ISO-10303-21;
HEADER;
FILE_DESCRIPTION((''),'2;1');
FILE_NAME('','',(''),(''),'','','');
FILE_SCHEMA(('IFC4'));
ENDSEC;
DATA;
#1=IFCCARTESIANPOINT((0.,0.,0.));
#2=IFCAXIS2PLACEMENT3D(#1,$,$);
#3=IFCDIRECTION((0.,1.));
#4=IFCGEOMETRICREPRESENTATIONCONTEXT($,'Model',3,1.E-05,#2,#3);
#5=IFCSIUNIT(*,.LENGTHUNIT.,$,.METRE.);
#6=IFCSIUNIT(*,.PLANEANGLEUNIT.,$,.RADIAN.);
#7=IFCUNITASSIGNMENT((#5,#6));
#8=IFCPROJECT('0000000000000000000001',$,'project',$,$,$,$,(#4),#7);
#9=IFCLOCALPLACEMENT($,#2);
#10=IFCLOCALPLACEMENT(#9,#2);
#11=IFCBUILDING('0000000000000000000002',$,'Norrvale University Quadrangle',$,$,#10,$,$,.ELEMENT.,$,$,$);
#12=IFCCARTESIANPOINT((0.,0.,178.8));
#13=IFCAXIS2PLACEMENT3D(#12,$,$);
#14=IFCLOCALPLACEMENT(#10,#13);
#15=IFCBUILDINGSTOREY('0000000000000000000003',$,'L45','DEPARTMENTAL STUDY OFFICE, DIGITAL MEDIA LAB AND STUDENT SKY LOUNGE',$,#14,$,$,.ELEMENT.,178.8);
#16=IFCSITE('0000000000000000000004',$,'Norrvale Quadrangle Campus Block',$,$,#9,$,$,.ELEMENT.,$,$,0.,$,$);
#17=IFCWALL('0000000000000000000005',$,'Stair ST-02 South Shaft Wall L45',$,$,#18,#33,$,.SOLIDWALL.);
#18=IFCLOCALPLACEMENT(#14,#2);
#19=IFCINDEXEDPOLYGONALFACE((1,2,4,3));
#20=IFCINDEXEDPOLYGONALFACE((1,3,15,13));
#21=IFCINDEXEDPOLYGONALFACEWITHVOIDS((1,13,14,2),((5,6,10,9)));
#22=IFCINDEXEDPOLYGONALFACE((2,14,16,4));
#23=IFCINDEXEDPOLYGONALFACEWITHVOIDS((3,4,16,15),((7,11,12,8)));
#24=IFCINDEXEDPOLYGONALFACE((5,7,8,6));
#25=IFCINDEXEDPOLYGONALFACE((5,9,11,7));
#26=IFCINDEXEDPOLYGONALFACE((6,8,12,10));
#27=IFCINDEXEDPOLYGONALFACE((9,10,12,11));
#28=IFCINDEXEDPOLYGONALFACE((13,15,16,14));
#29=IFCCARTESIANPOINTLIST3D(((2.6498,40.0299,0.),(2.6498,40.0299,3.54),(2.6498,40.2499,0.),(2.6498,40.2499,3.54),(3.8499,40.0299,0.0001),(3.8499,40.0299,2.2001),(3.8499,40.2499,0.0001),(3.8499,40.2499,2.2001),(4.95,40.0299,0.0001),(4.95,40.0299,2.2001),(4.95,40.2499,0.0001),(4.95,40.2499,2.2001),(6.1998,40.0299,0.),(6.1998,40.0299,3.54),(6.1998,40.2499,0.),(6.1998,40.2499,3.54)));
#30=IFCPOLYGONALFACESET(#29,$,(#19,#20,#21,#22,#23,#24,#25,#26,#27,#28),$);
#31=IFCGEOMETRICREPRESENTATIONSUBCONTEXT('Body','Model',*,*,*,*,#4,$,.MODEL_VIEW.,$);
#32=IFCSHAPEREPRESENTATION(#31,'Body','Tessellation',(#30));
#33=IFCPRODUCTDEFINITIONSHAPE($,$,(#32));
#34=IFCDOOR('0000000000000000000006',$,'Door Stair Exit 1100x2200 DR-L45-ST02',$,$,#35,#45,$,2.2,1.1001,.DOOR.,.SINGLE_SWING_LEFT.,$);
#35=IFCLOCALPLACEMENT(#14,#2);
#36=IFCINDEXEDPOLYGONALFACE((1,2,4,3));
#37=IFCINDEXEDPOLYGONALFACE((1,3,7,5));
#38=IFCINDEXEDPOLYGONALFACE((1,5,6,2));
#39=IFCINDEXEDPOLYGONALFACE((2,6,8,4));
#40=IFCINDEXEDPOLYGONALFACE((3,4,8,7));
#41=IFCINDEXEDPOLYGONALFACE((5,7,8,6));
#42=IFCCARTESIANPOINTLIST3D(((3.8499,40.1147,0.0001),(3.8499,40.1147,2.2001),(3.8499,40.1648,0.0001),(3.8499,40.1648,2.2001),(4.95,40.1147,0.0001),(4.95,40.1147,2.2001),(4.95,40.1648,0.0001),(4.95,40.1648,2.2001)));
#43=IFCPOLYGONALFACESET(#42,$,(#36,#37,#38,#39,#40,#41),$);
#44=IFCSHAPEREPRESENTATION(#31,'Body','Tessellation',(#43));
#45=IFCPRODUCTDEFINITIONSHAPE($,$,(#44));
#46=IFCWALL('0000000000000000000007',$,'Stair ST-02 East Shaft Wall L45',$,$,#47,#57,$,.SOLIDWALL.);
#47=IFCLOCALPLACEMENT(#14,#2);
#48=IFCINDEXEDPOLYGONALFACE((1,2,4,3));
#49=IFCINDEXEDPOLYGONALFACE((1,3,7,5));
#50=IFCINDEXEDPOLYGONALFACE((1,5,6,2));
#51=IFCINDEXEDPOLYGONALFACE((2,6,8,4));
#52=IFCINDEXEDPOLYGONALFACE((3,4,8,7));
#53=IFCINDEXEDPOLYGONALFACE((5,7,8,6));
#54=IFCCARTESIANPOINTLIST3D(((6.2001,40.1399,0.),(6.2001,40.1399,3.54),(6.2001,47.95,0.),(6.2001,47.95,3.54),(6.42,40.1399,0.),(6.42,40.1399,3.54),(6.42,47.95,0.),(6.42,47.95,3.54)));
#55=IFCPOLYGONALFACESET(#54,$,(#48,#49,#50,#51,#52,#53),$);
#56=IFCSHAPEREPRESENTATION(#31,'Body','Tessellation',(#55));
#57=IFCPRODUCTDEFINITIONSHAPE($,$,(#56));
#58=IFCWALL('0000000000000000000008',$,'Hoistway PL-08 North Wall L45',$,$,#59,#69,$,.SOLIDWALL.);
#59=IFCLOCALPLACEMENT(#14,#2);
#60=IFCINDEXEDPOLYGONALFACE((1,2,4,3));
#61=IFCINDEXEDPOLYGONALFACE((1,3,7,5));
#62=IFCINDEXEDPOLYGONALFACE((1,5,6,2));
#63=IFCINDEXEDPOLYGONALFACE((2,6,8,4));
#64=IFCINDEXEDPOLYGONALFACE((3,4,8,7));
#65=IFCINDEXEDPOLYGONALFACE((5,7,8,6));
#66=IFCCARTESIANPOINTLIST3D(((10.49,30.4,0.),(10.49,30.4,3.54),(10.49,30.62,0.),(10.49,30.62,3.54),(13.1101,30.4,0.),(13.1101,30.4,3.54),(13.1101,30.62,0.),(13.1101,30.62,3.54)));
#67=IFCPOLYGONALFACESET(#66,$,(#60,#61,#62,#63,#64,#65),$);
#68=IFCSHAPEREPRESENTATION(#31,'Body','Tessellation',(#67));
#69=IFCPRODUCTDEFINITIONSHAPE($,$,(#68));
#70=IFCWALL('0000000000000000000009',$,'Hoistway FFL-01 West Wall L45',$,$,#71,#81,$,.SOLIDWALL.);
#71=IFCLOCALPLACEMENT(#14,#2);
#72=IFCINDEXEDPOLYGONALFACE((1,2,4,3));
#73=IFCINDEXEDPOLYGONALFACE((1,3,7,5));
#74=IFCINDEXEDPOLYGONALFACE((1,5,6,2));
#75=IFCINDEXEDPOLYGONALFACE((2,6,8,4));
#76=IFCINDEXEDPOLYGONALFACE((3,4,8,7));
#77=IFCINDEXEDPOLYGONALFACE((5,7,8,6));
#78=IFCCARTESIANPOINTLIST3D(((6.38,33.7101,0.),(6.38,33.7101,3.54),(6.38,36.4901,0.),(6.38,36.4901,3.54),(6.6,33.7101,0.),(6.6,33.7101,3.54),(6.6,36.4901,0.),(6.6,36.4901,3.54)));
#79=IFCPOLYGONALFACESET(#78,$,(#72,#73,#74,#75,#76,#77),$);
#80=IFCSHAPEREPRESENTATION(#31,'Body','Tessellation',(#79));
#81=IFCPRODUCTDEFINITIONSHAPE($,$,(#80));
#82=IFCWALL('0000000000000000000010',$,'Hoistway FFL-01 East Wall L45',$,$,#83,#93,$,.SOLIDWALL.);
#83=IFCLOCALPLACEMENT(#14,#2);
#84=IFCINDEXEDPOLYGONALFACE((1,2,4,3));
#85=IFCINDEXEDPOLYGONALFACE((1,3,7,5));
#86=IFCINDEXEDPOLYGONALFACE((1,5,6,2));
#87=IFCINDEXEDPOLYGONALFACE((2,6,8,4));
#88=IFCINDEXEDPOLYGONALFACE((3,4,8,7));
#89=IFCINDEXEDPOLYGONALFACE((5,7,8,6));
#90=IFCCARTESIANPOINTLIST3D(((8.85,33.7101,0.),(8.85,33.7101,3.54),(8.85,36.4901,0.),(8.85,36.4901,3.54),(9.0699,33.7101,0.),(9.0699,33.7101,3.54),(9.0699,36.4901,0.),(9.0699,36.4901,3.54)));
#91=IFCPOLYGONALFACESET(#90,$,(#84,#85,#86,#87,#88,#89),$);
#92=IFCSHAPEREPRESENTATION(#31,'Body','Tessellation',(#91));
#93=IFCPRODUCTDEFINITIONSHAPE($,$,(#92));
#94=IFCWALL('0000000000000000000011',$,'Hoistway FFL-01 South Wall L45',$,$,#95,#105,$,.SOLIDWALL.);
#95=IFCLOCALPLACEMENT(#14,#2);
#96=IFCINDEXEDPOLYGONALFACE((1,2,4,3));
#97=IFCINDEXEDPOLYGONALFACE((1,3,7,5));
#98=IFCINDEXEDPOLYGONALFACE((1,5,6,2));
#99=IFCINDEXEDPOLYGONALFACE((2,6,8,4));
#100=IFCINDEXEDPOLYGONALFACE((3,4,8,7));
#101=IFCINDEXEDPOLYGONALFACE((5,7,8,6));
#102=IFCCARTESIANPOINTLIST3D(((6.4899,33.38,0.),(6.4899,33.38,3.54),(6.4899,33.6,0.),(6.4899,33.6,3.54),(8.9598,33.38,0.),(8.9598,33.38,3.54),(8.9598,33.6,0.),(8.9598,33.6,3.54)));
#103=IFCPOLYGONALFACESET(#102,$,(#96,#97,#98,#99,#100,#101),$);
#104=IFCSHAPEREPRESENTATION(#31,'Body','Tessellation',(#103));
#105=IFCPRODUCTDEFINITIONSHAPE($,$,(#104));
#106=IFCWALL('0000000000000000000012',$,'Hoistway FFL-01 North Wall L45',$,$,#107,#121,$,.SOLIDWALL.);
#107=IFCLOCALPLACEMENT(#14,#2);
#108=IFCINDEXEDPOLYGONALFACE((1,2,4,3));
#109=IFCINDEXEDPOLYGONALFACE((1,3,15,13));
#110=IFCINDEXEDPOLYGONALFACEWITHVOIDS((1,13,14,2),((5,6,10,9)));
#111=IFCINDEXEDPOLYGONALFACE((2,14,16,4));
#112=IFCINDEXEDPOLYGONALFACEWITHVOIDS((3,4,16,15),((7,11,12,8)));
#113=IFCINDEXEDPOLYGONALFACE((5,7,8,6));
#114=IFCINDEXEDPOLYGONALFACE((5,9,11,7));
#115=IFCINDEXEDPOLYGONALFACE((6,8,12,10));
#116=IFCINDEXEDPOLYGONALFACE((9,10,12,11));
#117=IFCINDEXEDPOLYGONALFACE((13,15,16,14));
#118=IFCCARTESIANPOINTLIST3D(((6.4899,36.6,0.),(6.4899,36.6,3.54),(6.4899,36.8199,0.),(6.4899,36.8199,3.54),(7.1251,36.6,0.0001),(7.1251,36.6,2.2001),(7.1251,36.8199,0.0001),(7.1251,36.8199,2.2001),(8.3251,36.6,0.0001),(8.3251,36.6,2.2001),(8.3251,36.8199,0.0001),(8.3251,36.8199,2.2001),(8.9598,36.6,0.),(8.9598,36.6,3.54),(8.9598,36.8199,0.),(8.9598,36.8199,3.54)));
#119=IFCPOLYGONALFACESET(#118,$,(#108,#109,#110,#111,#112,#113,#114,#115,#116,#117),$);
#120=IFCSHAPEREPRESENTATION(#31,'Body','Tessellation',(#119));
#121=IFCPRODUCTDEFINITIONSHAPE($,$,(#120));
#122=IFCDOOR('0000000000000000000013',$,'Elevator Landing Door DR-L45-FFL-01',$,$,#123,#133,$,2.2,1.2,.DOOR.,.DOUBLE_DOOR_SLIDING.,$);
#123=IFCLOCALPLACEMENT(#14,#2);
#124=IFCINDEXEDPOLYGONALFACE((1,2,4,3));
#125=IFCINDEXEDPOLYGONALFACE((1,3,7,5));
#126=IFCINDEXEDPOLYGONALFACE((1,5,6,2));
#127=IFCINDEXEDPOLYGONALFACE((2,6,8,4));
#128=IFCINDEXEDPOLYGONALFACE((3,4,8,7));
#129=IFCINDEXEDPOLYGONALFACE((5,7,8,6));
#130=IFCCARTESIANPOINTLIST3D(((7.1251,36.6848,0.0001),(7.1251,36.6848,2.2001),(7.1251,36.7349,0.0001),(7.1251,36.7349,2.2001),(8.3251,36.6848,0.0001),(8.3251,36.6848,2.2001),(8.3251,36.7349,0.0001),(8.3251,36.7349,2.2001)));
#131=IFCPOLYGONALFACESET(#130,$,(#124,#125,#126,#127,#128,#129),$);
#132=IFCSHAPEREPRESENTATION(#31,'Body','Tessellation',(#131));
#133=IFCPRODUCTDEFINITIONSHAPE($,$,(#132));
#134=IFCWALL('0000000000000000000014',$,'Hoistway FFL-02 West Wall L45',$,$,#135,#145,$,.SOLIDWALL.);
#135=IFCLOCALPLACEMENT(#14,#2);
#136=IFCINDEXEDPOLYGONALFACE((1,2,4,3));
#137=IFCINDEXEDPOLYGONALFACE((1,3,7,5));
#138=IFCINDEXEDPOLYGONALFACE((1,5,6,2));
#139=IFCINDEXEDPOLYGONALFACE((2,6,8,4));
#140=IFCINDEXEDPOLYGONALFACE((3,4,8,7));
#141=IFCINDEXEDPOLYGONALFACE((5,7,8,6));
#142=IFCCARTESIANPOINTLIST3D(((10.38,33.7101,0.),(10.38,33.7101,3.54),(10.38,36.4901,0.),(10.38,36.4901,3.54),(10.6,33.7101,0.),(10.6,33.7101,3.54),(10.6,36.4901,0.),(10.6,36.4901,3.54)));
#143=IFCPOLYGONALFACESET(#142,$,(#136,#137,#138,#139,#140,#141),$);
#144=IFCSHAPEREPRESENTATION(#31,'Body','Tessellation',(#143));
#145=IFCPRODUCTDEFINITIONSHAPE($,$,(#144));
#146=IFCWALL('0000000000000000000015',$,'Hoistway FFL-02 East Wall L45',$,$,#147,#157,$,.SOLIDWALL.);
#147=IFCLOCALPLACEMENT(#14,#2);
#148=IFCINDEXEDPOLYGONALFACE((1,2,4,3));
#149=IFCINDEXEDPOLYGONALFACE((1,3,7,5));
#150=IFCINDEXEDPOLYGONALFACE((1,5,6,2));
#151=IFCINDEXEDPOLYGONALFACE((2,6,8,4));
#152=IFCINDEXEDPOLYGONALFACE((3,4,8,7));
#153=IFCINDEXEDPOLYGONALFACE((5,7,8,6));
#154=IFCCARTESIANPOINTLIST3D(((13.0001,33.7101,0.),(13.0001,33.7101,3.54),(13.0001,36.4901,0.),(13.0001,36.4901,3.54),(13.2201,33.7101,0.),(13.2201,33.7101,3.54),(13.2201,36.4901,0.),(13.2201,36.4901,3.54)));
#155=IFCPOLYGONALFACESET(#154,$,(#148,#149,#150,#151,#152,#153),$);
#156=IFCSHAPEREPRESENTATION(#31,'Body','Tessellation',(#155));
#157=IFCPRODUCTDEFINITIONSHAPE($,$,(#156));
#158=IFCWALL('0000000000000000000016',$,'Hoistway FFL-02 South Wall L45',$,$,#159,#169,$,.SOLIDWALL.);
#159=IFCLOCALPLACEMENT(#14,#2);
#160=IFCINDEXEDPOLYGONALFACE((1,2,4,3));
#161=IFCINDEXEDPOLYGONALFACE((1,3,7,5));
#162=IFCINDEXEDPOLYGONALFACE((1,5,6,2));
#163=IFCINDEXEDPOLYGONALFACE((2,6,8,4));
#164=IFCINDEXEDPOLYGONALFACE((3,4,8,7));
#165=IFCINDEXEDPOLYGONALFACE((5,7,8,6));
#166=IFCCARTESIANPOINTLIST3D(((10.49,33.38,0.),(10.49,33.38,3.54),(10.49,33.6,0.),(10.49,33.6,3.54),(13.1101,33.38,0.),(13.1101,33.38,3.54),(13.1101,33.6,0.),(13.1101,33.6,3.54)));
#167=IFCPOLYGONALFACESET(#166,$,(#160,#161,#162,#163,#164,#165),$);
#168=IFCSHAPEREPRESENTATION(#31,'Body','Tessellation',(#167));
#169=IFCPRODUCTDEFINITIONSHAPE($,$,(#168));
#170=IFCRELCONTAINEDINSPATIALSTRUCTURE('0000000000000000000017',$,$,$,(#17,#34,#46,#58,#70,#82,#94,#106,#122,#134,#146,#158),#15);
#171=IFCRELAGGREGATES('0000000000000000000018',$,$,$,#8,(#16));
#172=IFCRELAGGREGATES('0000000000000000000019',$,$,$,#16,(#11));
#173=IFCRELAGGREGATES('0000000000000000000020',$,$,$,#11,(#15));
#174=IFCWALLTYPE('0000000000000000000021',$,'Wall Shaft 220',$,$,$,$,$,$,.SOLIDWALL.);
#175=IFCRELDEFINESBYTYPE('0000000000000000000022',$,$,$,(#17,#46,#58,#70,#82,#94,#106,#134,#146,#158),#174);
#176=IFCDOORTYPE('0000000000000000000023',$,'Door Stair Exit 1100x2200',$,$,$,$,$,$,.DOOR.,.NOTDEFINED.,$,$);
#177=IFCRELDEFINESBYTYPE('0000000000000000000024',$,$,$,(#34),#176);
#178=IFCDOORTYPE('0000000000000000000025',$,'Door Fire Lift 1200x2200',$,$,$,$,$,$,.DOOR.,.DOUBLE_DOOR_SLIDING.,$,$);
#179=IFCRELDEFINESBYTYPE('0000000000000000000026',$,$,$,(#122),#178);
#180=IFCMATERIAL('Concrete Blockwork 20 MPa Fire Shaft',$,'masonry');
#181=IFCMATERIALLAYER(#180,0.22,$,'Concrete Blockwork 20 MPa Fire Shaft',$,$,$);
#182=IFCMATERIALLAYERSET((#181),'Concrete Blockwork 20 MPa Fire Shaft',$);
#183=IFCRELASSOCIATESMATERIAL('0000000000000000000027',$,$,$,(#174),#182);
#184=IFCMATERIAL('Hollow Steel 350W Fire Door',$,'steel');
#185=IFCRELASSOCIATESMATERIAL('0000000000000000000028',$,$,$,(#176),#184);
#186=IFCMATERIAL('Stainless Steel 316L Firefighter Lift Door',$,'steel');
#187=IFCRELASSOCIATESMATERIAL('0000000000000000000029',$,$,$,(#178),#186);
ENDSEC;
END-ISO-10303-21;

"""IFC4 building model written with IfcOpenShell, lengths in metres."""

from ifc_helpers import new_model, si_unit, direction, frame, frame_2d, origin, place, context, subcontext, project, spatial, rectangle, extrude, material, layer, layer_set, type_object, element, fill, save


model = new_model("IFC4")

# Units and contexts
model_context = context("Model", 3, precision=1e-05, world=origin(), true_north=direction((0.0, 1.0)))
body_context = subcontext(model_context, "Body", "Model", "MODEL_VIEW")
ifc_project = project(units=[si_unit("LENGTHUNIT", "METRE"), si_unit("PLANEANGLEUNIT", "RADIAN")], contexts=[model_context])

# Site, building, storey
site_placement = place(None, origin())
site = spatial("IfcSite", under=ifc_project, at=site_placement, Name="Norrvale Quadrangle Campus Block", CompositionType="ELEMENT", RefElevation=0.0)
building_placement = place(site_placement, origin())
building = spatial("IfcBuilding", under=site, at=building_placement, Name="Norrvale University Quadrangle", CompositionType="ELEMENT")
storey_placement = place(building_placement, frame((0.0, 0.0, 178.8)))
storey = spatial("IfcBuildingStorey", under=building, at=storey_placement, Name="L45", Description="DEPARTMENTAL STUDY OFFICE, DIGITAL MEDIA LAB AND STUDENT SKY LOUNGE", CompositionType="ELEMENT", Elevation=178.8)

# Wall, opening, door
ifc_material_1 = material(Name="Concrete Blockwork 20 MPa Fire Shaft", Category="masonry")
ifc_layer_1 = layer(ifc_material_1, 0.22, Name="Concrete Blockwork 20 MPa Fire Shaft")
ifc_layer_set_1 = layer_set([ifc_layer_1], Name="Concrete Blockwork 20 MPa Fire Shaft")
wall_type_1 = type_object("IfcWallType", Name="Wall Shaft 220", PredefinedType="SOLIDWALL", material=ifc_layer_set_1)
wall_1_placement = place(storey_placement, frame((2.6499, 40.1399, 0.0), z_axis=(0.0, 0.0, 1.0), x_axis=(1.0, 0.0, 0.0)))
wall_1 = element("IfcWall", 1, at=wall_1_placement, inside=storey, type_object=wall_type_1, Name="Stair ST-02 South Shaft Wall L45", PredefinedType="SOLIDWALL", context=body_context, shape_type="SweptSolid", body=[
    extrude(rectangle(XDim=3.55, YDim=0.22, at=frame_2d((1.7749, 0.0))), origin(), (0.0, 0.0, 1.0), 3.54),
])
opening_1_placement = place(wall_1_placement, frame((1.2, 0.0, 0.0)))
opening_1 = element("IfcOpeningElement", 2, at=opening_1_placement, cuts=wall_1, PredefinedType="OPENING", context=body_context, shape_type="SweptSolid", body=[
    extrude(rectangle(XDim=1.1001, YDim=2.2, at=frame_2d((0.55, 1.1001))), frame((0.0, 0.1221, 0.0), z_axis=(0.0, -1.0, 0.0), x_axis=(1.0, 0.0, 0.0)), (0.0, 0.0, 1.0), 0.2439),
])
ifc_material_2 = material(Name="Hollow Steel 350W Fire Door", Category="steel")
door_type_1 = type_object("IfcDoorType", Name="Door Stair Exit 1100x2200", OperationType="NOTDEFINED", PredefinedType="DOOR", material=ifc_material_2)
door_1_placement = place(opening_1_placement, origin())
door_1 = element("IfcDoor", 3, at=door_1_placement, inside=storey, type_object=door_type_1, Name="Door Stair Exit 1100x2200 DR-L45-ST02", OperationType="SINGLE_SWING_LEFT", OverallHeight=2.2, OverallWidth=1.1001, PredefinedType="DOOR", context=body_context, shape_type="SweptSolid", body=[
    extrude(rectangle(XDim=1.1001, YDim=2.2, at=frame_2d((0.55, 1.1001))), frame((0.0, 0.0249, 0.0), z_axis=(0.0, -1.0, 0.0), x_axis=(1.0, 0.0, 0.0)), (0.0, 0.0, 1.0), 0.05),
])
fill(opening_1, door_1)

# Walls
wall_2_placement = place(storey_placement, frame((6.3101, 40.1399, 0.0), z_axis=(0.0, 0.0, 1.0), x_axis=(0.0, 1.0, 0.0)))
element("IfcWall", 4, at=wall_2_placement, inside=storey, type_object=wall_type_1, Name="Stair ST-02 East Shaft Wall L45", PredefinedType="SOLIDWALL", context=body_context, shape_type="SweptSolid", body=[
    extrude(rectangle(XDim=7.8101, YDim=0.22, at=frame_2d((3.905, 0.0))), origin(), (0.0, 0.0, 1.0), 3.54),
])
wall_3_placement = place(storey_placement, frame((10.49, 30.51, 0.0), z_axis=(0.0, 0.0, 1.0), x_axis=(1.0, 0.0, 0.0)))
element("IfcWall", 5, at=wall_3_placement, inside=storey, type_object=wall_type_1, Name="Hoistway PL-08 North Wall L45", PredefinedType="SOLIDWALL", context=body_context, shape_type="SweptSolid", body=[
    extrude(rectangle(XDim=2.6201, YDim=0.22, at=frame_2d((1.3101, 0.0))), origin(), (0.0, 0.0, 1.0), 3.54),
])
for number, where, z_axis, x_axis, name in (
    (6, (6.49, 33.71, 0.0), (0.0, 0.0, 1.0), (0.0, 1.0, 0.0), "Hoistway FFL-01 West Wall L45"),
    (7, (8.96, 33.71, 0.0), (0.0, 0.0, 1.0), (0.0, 1.0, 0.0), "Hoistway FFL-01 East Wall L45"),
):
    element("IfcWall", number, at=place(storey_placement, frame(where, z_axis=z_axis, x_axis=x_axis)), inside=storey, type_object=wall_type_1, Name=name, PredefinedType="SOLIDWALL", context=body_context, shape_type="SweptSolid", body=[
        extrude(rectangle(XDim=2.78, YDim=0.22, at=frame_2d((1.3901, 0.0))), origin(), (0.0, 0.0, 1.0), 3.54),
    ])
wall_4_placement = place(storey_placement, frame((6.49, 33.49, 0.0), z_axis=(0.0, 0.0, 1.0), x_axis=(1.0, 0.0, 0.0)))
element("IfcWall", 8, at=wall_4_placement, inside=storey, type_object=wall_type_1, Name="Hoistway FFL-01 South Wall L45", PredefinedType="SOLIDWALL", context=body_context, shape_type="SweptSolid", body=[
    extrude(rectangle(XDim=2.47, YDim=0.22, at=frame_2d((1.2349, 0.0))), origin(), (0.0, 0.0, 1.0), 3.54),
])

# Wall, opening, door
wall_5_placement = place(storey_placement, frame((6.49, 36.71, 0.0), z_axis=(0.0, 0.0, 1.0), x_axis=(1.0, 0.0, 0.0)))
wall_5 = element("IfcWall", 9, at=wall_5_placement, inside=storey, type_object=wall_type_1, Name="Hoistway FFL-01 North Wall L45", PredefinedType="SOLIDWALL", context=body_context, shape_type="SweptSolid", body=[
    extrude(rectangle(XDim=2.47, YDim=0.22, at=frame_2d((1.2349, 0.0))), origin(), (0.0, 0.0, 1.0), 3.54),
])
opening_2_placement = place(wall_5_placement, frame((0.635, 0.0, 0.0)))
opening_2 = element("IfcOpeningElement", 10, at=opening_2_placement, cuts=wall_5, PredefinedType="OPENING", context=body_context, shape_type="SweptSolid", body=[
    extrude(rectangle(XDim=1.2, YDim=2.2, at=frame_2d((0.6001, 1.1001))), frame((0.0, 0.1221, 0.0), z_axis=(0.0, -1.0, 0.0), x_axis=(1.0, 0.0, 0.0)), (0.0, 0.0, 1.0), 0.2439),
])
ifc_material_3 = material(Name="Stainless Steel 316L Firefighter Lift Door", Category="steel")
door_type_2 = type_object("IfcDoorType", Name="Door Fire Lift 1200x2200", OperationType="DOUBLE_DOOR_SLIDING", PredefinedType="DOOR", material=ifc_material_3)
door_2_placement = place(opening_2_placement, origin())
door_2 = element("IfcDoor", 11, at=door_2_placement, inside=storey, type_object=door_type_2, Name="Elevator Landing Door DR-L45-FFL-01", OperationType="DOUBLE_DOOR_SLIDING", OverallHeight=2.2, OverallWidth=1.2, PredefinedType="DOOR", context=body_context, shape_type="SweptSolid", body=[
    extrude(rectangle(XDim=1.2, YDim=2.2, at=frame_2d((0.6001, 1.1001))), frame((0.0, 0.0249, 0.0), z_axis=(0.0, -1.0, 0.0), x_axis=(1.0, 0.0, 0.0)), (0.0, 0.0, 1.0), 0.05),
])
fill(opening_2, door_2)

# Walls
for number, where, z_axis, x_axis, name in (
    (12, (10.49, 33.71, 0.0), (0.0, 0.0, 1.0), (0.0, 1.0, 0.0), "Hoistway FFL-02 West Wall L45"),
    (13, (13.1101, 33.71, 0.0), (0.0, 0.0, 1.0), (0.0, 1.0, 0.0), "Hoistway FFL-02 East Wall L45"),
):
    element("IfcWall", number, at=place(storey_placement, frame(where, z_axis=z_axis, x_axis=x_axis)), inside=storey, type_object=wall_type_1, Name=name, PredefinedType="SOLIDWALL", context=body_context, shape_type="SweptSolid", body=[
        extrude(rectangle(XDim=2.78, YDim=0.22, at=frame_2d((1.3901, 0.0))), origin(), (0.0, 0.0, 1.0), 3.54),
    ])
wall_6_placement = place(storey_placement, frame((10.49, 33.49, 0.0), z_axis=(0.0, 0.0, 1.0), x_axis=(1.0, 0.0, 0.0)))
element("IfcWall", 14, at=wall_6_placement, inside=storey, type_object=wall_type_1, Name="Hoistway FFL-02 South Wall L45", PredefinedType="SOLIDWALL", context=body_context, shape_type="SweptSolid", body=[
    extrude(rectangle(XDim=2.6201, YDim=0.22, at=frame_2d((1.3101, 0.0))), origin(), (0.0, 0.0, 1.0), 3.54),
])

save(model, "model.ifc")
